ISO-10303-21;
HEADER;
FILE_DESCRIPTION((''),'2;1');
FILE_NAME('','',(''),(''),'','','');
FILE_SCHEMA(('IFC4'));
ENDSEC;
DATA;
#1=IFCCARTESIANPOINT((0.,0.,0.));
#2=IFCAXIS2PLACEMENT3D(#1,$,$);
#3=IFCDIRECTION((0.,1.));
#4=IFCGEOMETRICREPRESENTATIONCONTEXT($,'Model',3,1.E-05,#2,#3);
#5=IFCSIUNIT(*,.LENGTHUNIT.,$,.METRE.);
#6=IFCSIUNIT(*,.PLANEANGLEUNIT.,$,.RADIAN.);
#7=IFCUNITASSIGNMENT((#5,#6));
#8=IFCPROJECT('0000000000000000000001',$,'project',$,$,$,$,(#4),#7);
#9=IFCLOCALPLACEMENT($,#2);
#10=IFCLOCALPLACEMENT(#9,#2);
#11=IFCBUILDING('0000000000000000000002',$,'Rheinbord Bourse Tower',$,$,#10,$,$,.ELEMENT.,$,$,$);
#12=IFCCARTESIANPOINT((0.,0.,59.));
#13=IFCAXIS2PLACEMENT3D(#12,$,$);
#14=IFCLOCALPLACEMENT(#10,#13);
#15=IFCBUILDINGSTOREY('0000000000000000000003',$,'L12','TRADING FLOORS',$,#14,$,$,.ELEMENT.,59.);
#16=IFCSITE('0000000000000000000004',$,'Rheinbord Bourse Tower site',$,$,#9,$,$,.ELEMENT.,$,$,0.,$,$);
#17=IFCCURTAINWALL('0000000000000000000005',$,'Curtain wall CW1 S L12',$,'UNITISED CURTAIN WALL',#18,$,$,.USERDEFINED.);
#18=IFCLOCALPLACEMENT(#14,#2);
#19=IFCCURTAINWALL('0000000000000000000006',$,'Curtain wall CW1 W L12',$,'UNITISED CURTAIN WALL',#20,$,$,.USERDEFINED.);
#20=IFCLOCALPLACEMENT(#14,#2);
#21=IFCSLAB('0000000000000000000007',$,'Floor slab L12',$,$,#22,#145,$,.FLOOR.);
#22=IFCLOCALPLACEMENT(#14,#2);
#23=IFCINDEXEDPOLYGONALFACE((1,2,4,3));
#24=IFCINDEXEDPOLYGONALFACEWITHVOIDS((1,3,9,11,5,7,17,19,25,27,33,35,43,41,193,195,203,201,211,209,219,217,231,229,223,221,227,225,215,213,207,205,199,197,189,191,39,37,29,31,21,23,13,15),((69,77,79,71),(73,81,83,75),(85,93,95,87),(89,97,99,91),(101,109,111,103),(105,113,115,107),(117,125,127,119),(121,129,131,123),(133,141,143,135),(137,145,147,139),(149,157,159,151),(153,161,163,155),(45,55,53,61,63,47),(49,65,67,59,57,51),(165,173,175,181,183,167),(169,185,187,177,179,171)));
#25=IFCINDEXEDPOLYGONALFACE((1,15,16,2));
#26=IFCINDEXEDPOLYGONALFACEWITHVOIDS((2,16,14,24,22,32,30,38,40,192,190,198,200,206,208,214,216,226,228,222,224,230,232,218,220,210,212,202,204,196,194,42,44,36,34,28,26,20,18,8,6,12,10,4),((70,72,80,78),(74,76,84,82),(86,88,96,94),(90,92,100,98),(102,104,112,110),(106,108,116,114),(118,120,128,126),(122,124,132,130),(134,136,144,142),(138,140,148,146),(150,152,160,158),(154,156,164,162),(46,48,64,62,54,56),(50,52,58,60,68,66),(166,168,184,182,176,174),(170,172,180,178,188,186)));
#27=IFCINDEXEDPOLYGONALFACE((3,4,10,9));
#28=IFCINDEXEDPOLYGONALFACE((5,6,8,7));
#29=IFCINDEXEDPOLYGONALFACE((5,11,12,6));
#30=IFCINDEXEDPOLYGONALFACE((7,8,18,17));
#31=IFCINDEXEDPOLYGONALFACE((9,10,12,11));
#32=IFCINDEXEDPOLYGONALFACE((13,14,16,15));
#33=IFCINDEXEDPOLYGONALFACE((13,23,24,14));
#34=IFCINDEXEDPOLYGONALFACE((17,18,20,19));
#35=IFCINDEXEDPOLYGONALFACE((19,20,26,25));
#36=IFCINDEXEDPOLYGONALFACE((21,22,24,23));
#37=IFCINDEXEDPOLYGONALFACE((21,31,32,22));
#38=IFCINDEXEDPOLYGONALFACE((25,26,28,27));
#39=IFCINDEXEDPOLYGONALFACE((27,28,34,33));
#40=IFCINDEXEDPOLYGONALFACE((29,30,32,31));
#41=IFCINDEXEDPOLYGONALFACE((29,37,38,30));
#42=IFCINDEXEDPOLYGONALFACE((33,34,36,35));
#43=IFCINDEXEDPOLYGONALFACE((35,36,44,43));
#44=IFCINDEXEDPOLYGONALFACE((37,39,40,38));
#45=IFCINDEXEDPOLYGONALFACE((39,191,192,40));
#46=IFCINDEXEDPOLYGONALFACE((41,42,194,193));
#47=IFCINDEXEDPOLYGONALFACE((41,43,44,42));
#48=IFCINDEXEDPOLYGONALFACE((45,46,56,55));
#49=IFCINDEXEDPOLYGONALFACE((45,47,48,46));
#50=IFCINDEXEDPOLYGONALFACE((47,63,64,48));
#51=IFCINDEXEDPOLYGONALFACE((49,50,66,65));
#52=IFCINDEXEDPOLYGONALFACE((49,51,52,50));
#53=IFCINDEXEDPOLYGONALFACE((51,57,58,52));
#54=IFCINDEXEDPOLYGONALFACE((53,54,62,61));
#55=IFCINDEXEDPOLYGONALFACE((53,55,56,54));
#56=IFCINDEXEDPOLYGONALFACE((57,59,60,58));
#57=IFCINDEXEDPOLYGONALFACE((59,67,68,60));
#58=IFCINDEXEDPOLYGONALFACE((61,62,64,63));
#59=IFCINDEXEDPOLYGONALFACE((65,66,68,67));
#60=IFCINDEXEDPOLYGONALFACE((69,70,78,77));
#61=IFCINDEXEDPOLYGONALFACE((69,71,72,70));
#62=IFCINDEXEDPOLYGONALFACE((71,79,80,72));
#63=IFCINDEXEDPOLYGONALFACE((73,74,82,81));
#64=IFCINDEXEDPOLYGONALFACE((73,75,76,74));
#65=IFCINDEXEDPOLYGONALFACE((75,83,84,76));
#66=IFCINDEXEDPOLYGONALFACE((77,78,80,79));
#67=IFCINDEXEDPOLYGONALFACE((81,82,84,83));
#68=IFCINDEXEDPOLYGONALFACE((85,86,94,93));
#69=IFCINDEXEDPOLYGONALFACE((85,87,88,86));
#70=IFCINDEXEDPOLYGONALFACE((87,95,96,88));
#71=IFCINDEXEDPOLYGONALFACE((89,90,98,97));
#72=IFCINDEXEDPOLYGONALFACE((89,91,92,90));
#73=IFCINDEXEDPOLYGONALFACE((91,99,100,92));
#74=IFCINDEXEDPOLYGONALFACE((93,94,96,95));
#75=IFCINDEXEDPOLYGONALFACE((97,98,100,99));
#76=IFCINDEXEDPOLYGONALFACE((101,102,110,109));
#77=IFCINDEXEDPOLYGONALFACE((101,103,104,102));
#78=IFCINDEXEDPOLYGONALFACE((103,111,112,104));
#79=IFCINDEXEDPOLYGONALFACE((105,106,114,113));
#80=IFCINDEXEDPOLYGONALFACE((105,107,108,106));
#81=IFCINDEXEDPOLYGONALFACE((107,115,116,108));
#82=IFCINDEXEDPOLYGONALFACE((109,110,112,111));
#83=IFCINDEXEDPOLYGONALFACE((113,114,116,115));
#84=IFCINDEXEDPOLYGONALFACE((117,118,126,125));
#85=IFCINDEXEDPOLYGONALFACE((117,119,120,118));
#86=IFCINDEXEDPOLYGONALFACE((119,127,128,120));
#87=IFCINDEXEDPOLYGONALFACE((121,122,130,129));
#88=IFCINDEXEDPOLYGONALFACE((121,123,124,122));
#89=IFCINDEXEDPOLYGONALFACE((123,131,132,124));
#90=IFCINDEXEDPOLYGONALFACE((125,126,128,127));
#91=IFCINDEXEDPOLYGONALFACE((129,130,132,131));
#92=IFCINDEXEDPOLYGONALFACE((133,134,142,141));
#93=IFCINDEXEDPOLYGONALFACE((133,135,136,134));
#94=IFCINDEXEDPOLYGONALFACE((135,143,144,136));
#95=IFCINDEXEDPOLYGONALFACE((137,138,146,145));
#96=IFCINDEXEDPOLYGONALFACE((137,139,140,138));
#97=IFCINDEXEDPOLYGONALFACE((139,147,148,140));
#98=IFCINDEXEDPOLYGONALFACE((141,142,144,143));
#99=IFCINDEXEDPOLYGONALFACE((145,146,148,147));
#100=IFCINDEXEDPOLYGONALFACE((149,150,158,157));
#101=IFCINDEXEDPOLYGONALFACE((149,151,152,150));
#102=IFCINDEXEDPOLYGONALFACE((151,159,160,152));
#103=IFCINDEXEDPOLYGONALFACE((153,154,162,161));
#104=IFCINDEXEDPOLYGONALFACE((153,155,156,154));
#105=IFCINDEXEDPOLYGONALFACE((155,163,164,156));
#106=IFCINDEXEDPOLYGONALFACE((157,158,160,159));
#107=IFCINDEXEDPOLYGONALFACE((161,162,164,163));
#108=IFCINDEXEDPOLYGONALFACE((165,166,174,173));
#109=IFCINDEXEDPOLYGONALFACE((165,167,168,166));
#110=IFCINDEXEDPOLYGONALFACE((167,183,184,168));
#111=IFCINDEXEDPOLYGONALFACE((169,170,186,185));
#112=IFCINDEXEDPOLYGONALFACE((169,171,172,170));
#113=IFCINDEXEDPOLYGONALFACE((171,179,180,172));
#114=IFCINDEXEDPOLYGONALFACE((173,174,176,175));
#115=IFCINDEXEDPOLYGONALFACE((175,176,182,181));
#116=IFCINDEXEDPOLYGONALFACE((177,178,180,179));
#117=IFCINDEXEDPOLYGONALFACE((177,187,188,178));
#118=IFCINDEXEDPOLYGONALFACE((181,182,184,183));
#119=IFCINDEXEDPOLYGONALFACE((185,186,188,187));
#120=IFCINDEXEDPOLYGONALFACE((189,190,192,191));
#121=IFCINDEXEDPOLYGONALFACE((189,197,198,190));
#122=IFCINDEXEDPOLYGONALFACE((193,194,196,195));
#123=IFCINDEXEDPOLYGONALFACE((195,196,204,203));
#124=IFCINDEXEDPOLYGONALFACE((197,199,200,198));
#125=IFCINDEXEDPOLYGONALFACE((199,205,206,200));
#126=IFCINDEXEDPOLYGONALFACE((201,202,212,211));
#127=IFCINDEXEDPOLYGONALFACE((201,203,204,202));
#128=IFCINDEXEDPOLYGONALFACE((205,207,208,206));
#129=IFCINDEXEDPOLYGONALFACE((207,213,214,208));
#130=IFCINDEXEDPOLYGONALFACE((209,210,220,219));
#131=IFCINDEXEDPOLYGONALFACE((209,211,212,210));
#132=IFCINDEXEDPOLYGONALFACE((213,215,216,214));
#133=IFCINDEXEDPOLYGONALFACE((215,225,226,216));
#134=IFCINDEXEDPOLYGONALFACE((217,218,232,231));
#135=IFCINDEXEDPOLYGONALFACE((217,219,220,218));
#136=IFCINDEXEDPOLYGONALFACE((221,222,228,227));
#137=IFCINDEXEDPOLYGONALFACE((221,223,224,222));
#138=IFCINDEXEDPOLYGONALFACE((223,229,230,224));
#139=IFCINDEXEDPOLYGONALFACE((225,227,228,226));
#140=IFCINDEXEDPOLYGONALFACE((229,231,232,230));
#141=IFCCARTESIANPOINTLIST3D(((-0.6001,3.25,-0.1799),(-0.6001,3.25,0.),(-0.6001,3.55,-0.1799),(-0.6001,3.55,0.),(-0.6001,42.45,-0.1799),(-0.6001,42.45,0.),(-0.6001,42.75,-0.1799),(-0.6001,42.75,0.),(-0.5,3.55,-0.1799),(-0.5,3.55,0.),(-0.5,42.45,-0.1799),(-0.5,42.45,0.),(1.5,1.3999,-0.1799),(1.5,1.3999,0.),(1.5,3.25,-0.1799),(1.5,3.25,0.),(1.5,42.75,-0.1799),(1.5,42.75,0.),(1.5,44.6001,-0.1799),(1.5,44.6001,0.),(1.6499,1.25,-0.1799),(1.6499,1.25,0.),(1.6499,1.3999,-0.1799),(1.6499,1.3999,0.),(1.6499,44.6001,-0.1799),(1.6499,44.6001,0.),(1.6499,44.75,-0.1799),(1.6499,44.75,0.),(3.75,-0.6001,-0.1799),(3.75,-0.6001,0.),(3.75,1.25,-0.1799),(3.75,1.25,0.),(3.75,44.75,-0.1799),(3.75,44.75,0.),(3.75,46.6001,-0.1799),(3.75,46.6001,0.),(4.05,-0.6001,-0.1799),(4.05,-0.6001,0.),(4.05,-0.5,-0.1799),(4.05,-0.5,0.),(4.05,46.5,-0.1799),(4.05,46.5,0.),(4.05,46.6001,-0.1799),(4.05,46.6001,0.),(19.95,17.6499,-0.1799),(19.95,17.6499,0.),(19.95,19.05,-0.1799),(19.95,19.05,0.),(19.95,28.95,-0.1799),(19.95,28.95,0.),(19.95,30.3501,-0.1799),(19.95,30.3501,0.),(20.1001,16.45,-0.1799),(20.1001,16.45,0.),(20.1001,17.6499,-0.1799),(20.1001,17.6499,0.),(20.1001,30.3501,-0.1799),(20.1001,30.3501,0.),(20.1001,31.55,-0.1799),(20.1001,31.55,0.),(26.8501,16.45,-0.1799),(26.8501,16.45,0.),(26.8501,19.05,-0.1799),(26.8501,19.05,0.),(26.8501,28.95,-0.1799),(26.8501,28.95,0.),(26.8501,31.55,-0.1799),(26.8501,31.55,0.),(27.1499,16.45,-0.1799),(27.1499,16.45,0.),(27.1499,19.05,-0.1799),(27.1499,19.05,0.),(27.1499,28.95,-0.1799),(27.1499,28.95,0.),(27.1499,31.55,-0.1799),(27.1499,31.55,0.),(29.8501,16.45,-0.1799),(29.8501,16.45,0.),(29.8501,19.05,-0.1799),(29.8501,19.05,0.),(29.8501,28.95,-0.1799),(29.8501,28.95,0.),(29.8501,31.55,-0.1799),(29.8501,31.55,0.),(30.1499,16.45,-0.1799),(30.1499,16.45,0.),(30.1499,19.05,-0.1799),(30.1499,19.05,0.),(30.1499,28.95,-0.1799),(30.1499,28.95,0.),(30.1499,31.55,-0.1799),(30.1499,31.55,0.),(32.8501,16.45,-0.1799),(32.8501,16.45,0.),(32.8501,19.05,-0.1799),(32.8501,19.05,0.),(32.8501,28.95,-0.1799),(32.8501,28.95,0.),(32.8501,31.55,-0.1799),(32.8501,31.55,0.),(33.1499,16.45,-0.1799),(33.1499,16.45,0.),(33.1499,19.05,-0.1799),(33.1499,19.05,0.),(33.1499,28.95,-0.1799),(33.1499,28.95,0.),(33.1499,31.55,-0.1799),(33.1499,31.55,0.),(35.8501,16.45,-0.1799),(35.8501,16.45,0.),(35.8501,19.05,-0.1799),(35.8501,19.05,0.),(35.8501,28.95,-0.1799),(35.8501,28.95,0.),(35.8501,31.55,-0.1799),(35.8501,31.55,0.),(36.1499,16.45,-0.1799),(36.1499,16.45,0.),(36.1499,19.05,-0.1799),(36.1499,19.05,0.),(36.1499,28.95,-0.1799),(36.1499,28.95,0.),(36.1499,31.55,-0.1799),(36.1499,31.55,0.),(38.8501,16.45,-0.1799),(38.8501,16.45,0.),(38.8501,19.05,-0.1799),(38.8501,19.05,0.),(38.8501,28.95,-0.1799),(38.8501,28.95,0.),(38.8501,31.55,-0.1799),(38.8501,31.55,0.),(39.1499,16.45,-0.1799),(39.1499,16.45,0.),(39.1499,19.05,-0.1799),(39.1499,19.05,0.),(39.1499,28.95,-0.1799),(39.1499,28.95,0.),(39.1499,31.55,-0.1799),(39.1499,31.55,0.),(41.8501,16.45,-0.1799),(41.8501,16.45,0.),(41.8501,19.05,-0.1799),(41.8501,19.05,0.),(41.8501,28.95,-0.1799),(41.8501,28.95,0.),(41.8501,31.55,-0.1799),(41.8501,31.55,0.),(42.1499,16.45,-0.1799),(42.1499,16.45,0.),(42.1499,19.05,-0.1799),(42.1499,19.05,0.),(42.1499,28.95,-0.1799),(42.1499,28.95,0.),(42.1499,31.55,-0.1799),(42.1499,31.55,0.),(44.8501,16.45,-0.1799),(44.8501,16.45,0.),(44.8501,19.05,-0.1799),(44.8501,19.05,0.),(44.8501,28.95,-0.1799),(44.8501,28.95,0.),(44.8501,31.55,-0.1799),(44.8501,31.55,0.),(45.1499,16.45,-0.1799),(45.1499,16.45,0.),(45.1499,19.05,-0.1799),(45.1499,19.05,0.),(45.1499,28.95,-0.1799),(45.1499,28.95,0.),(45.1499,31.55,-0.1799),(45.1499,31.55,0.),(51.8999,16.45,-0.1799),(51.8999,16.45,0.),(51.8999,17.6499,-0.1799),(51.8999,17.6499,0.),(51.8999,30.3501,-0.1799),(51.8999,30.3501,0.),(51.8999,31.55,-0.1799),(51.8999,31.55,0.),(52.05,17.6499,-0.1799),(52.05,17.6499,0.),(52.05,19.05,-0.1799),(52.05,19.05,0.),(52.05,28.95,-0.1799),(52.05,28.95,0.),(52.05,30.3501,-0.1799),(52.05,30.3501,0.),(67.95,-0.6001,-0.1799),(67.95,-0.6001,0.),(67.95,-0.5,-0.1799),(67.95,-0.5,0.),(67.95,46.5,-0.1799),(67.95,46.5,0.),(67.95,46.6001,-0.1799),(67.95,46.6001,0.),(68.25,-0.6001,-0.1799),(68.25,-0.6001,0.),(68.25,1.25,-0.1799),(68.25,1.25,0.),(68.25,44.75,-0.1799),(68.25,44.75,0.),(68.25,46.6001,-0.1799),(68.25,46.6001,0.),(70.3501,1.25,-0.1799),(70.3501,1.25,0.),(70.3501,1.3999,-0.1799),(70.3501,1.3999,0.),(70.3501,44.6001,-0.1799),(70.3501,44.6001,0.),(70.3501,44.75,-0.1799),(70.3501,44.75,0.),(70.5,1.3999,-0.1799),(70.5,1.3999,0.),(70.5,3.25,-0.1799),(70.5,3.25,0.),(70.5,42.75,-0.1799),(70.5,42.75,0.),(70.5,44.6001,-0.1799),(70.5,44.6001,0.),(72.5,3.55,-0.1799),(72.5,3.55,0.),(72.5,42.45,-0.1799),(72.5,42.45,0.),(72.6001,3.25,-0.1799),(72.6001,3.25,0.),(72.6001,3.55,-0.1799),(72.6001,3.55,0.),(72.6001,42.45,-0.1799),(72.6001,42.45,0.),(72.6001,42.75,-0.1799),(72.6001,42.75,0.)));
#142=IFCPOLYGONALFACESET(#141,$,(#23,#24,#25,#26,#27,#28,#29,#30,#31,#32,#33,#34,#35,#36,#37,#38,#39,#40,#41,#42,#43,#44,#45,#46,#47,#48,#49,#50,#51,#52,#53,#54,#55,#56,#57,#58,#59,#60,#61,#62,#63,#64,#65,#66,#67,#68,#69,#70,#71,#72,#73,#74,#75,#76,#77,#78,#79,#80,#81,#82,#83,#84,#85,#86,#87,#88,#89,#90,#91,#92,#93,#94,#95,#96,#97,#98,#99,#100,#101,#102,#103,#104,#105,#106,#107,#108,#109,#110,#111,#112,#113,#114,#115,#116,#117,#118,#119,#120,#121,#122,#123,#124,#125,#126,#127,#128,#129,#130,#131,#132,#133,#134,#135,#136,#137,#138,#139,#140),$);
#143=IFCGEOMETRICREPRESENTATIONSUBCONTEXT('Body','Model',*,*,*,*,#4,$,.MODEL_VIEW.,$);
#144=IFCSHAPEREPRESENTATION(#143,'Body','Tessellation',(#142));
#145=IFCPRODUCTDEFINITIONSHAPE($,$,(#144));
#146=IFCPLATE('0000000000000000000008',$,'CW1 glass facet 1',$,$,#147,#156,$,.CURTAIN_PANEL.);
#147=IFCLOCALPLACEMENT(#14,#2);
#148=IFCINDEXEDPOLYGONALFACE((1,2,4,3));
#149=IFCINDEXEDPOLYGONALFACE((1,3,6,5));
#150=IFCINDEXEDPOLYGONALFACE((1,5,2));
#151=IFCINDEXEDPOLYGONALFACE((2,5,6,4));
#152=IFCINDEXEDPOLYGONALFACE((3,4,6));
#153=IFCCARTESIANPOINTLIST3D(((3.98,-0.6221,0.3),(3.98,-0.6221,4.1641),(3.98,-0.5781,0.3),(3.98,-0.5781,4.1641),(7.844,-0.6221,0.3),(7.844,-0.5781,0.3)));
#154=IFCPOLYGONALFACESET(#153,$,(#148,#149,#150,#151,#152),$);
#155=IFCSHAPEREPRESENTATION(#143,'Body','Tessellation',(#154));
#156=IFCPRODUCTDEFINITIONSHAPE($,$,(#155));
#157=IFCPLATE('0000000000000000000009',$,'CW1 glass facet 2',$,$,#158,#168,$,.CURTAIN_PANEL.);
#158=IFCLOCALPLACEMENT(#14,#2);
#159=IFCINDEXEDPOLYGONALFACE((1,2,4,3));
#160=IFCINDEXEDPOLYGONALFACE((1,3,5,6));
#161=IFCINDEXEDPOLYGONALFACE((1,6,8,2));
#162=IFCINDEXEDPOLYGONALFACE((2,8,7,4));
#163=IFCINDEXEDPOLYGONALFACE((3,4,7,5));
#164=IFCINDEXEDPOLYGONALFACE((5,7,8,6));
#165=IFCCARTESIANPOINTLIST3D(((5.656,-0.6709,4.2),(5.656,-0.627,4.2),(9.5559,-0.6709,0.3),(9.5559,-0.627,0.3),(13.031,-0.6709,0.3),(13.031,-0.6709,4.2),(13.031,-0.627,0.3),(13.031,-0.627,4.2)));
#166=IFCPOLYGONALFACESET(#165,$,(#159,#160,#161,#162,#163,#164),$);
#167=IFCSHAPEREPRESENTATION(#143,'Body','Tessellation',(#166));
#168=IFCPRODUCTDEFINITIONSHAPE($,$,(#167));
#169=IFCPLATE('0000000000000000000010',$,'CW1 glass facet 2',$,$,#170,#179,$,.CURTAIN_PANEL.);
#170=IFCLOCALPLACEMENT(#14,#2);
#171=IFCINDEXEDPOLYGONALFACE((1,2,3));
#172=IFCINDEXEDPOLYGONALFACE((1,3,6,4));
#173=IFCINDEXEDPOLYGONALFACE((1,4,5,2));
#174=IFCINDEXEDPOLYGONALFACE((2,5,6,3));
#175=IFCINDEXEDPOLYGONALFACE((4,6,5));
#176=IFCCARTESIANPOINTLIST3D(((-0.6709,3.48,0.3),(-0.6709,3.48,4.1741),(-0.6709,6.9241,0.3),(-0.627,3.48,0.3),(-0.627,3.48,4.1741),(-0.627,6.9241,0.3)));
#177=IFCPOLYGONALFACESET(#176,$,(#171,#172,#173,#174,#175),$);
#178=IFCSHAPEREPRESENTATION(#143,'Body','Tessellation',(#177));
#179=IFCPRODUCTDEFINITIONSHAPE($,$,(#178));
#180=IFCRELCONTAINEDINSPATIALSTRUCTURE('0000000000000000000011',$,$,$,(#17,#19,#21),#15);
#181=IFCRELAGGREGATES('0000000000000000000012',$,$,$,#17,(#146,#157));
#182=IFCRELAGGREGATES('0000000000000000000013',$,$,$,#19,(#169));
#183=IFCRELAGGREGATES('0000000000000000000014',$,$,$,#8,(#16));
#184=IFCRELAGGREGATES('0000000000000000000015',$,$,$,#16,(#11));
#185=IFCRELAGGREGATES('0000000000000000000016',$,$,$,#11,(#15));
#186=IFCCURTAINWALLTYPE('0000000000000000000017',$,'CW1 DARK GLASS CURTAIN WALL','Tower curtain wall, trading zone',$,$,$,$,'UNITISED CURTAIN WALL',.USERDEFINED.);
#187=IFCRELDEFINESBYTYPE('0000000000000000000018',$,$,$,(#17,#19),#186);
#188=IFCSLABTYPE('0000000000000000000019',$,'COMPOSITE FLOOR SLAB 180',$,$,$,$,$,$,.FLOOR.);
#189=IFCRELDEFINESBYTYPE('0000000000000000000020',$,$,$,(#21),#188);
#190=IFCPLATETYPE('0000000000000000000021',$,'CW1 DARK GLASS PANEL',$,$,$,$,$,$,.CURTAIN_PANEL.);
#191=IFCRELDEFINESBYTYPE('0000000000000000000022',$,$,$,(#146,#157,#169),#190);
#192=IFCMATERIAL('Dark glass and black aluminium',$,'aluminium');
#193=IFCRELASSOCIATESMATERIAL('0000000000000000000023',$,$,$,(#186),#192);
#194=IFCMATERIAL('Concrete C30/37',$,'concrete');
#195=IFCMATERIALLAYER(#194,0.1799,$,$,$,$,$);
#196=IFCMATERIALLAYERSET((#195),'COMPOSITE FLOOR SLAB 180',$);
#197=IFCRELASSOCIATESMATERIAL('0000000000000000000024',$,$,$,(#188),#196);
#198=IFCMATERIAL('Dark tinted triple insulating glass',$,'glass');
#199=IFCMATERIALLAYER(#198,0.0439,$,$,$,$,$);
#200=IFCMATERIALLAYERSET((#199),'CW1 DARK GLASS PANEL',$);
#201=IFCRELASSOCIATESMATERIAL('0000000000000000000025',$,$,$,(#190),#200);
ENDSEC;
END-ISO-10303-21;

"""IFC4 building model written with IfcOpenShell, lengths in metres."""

from ifc_helpers import new_model, si_unit, direction, frame, origin, place, context, subcontext, project, spatial, polyline, outline, extrude, material, layer, layer_set, type_object, element, aggregate, save


model = new_model("IFC4")

# Units and contexts
model_context = context("Model", 3, precision=1e-05, world=origin(), true_north=direction((0.0, 1.0)))
body_context = subcontext(model_context, "Body", "Model", "MODEL_VIEW")
ifc_project = project(units=[si_unit("LENGTHUNIT", "METRE"), si_unit("PLANEANGLEUNIT", "RADIAN")], contexts=[model_context])

# Site, building, storey
site_placement = place(None, origin())
site = spatial("IfcSite", under=ifc_project, at=site_placement, Name="Rheinbord Bourse Tower site", CompositionType="ELEMENT", RefElevation=0.0)
building_placement = place(site_placement, origin())
building = spatial("IfcBuilding", under=site, at=building_placement, Name="Rheinbord Bourse Tower", CompositionType="ELEMENT")
storey_placement = place(building_placement, frame((0.0, 0.0, 59.0)))
storey = spatial("IfcBuildingStorey", under=building, at=storey_placement, Name="L12", Description="TRADING FLOORS", CompositionType="ELEMENT", Elevation=59.0)

# Curtain wall
ifc_material_1 = material(Name="Dark glass and black aluminium", Category="aluminium")
curtain_wall_type = type_object("IfcCurtainWallType", Name="CW1 DARK GLASS CURTAIN WALL", Description="Tower curtain wall, trading zone", ElementType="UNITISED CURTAIN WALL", PredefinedType="USERDEFINED", material=ifc_material_1)
curtain_wall_1_placement = place(storey_placement, origin())
curtain_wall_1 = element("IfcCurtainWall", 1, at=curtain_wall_1_placement, inside=storey, type_object=curtain_wall_type, Name="Curtain wall CW1 S L12", ObjectType="UNITISED CURTAIN WALL", PredefinedType="USERDEFINED")

# Curtain wall
curtain_wall_2_placement = place(storey_placement, origin())
curtain_wall_2 = element("IfcCurtainWall", 2, at=curtain_wall_2_placement, inside=storey, type_object=curtain_wall_type, Name="Curtain wall CW1 W L12", ObjectType="UNITISED CURTAIN WALL", PredefinedType="USERDEFINED")

# Slab
ifc_material_2 = material(Name="Concrete C30/37", Category="concrete")
ifc_layer_1 = layer(ifc_material_2, 0.1799)
ifc_layer_set_1 = layer_set([ifc_layer_1], Name="COMPOSITE FLOOR SLAB 180")
slab_type_1 = type_object("IfcSlabType", Name="COMPOSITE FLOOR SLAB 180", PredefinedType="FLOOR", material=ifc_layer_set_1)
slab_1_placement = place(storey_placement, frame((0.0, 0.0, -0.1799)))
element("IfcSlab", 3, at=slab_1_placement, inside=storey, type_object=slab_type_1, Name="Floor slab L12", PredefinedType="FLOOR", context=body_context, shape_type="SweptSolid", body=[
    extrude(outline(polyline([(1.6499, 1.3999), (1.5, 1.3999), (1.5, 3.25), (-0.6001, 3.25), (-0.6001, 3.55), (-0.5, 3.55), (-0.5, 42.45), (-0.6001, 42.45), (-0.6001, 42.75), (1.5, 42.75), (1.5, 44.6001), (1.6499, 44.6001), (1.6499, 44.75), (3.75, 44.75), (3.75, 46.6001), (4.05, 46.6001), (4.05, 46.5), (67.95, 46.5), (67.95, 46.6001), (68.25, 46.6001), (68.25, 44.75), (70.3501, 44.75), (70.3501, 44.6001), (70.5, 44.6001), (70.5, 42.75), (72.6001, 42.75), (72.6001, 42.45), (72.5, 42.45), (72.5, 3.55), (72.6001, 3.55), (72.6001, 3.25), (70.5, 3.25), (70.5, 1.3999), (70.3501, 1.3999), (70.3501, 1.25), (68.25, 1.25), (68.25, -0.6001), (67.95, -0.6001), (67.95, -0.5), (4.05, -0.5), (4.05, -0.6001), (3.75, -0.6001), (3.75, 1.25), (1.6499, 1.25), (1.6499, 1.3999)]), holes=[polyline([(19.95, 19.05), (26.8501, 19.05), (26.8501, 16.45), (20.1001, 16.45), (20.1001, 17.6499), (19.95, 17.6499), (19.95, 19.05)]), polyline([(26.8501, 31.55), (26.8501, 28.95), (19.95, 28.95), (19.95, 30.3501), (20.1001, 30.3501), (20.1001, 31.55), (26.8501, 31.55)]), polyline([(45.1499, 16.45), (45.1499, 19.05), (52.05, 19.05), (52.05, 17.6499), (51.8999, 17.6499), (51.8999, 16.45), (45.1499, 16.45)]), polyline([(52.05, 28.95), (45.1499, 28.95), (45.1499, 31.55), (51.8999, 31.55), (51.8999, 30.3501), (52.05, 30.3501), (52.05, 28.95)]), polyline([(27.1499, 16.45), (27.1499, 19.05), (29.8501, 19.05), (29.8501, 16.45), (27.1499, 16.45)]), polyline([(27.1499, 28.95), (27.1499, 31.55), (29.8501, 31.55), (29.8501, 28.95), (27.1499, 28.95)]), polyline([(30.1499, 16.45), (30.1499, 19.05), (32.8501, 19.05), (32.8501, 16.45), (30.1499, 16.45)]), polyline([(30.1499, 28.95), (30.1499, 31.55), (32.8501, 31.55), (32.8501, 28.95), (30.1499, 28.95)]), polyline([(33.1499, 16.45), (33.1499, 19.05), (35.8501, 19.05), (35.8501, 16.45), (33.1499, 16.45)]), polyline([(33.1499, 28.95), (33.1499, 31.55), (35.8501, 31.55), (35.8501, 28.95), (33.1499, 28.95)]), polyline([(36.1499, 16.45), (36.1499, 19.05), (38.8501, 19.05), (38.8501, 16.45), (36.1499, 16.45)]), polyline([(36.1499, 28.95), (36.1499, 31.55), (38.8501, 31.55), (38.8501, 28.95), (36.1499, 28.95)]), polyline([(39.1499, 16.45), (39.1499, 19.05), (41.8501, 19.05), (41.8501, 16.45), (39.1499, 16.45)]), polyline([(39.1499, 28.95), (39.1499, 31.55), (41.8501, 31.55), (41.8501, 28.95), (39.1499, 28.95)]), polyline([(42.1499, 16.45), (42.1499, 19.05), (44.8501, 19.05), (44.8501, 16.45), (42.1499, 16.45)]), polyline([(42.1499, 28.95), (42.1499, 31.55), (44.8501, 31.55), (44.8501, 28.95), (42.1499, 28.95)])]), origin(), (0.0, 0.0, 1.0), 0.1799),
])

# Plates
ifc_material_3 = material(Name="Dark tinted triple insulating glass", Category="glass")
ifc_layer_2 = layer(ifc_material_3, 0.0439)
ifc_layer_set_2 = layer_set([ifc_layer_2], Name="CW1 DARK GLASS PANEL")
plate_type = type_object("IfcPlateType", Name="CW1 DARK GLASS PANEL", PredefinedType="CURTAIN_PANEL", material=ifc_layer_set_2)
plate_1_placement = place(storey_placement, frame((3.98, -0.6221, 0.3), z_axis=(0.0, 1.0, 0.0), x_axis=(0.0, 0.0, 1.0)))
plate_1 = element("IfcPlate", 4, at=plate_1_placement, type_object=plate_type, Name="CW1 glass facet 1", PredefinedType="CURTAIN_PANEL", context=body_context, shape_type="SweptSolid", body=[
    extrude(outline(polyline([(0.0, 0.0), (3.864, 0.0), (0.0, 3.864), (0.0, 0.0)])), origin(), (0.0, 0.0, 1.0), 0.0439),
])
plate_2_placement = place(storey_placement, frame((13.031, -0.6709, 4.2), z_axis=(0.0, 1.0, 0.0), x_axis=(0.0, 0.0, -1.0)))
plate_2 = element("IfcPlate", 5, at=plate_2_placement, type_object=plate_type, Name="CW1 glass facet 2", PredefinedType="CURTAIN_PANEL", context=body_context, shape_type="SweptSolid", body=[
    extrude(outline(polyline([(0.0, 0.0), (3.8999, 0.0), (3.8999, 3.4751), (0.0, 7.375), (0.0, 0.0)])), origin(), (0.0, 0.0, 1.0), 0.0439),
])
aggregate(curtain_wall_1, [plate_1, plate_2])
plate_3_placement = place(storey_placement, frame((-0.6709, 3.48, 0.3), z_axis=(1.0, 0.0, 0.0), x_axis=(0.0, 1.0, 0.0)))
plate_3 = element("IfcPlate", 6, at=plate_3_placement, type_object=plate_type, Name="CW1 glass facet 2", PredefinedType="CURTAIN_PANEL", context=body_context, shape_type="SweptSolid", body=[
    extrude(outline(polyline([(0.0, 0.0), (3.4441, 0.0), (0.0, 3.874), (0.0, 0.0)])), origin(), (0.0, 0.0, 1.0), 0.0439),
])
aggregate(curtain_wall_2, [plate_3])

save(model, "model.ifc")
